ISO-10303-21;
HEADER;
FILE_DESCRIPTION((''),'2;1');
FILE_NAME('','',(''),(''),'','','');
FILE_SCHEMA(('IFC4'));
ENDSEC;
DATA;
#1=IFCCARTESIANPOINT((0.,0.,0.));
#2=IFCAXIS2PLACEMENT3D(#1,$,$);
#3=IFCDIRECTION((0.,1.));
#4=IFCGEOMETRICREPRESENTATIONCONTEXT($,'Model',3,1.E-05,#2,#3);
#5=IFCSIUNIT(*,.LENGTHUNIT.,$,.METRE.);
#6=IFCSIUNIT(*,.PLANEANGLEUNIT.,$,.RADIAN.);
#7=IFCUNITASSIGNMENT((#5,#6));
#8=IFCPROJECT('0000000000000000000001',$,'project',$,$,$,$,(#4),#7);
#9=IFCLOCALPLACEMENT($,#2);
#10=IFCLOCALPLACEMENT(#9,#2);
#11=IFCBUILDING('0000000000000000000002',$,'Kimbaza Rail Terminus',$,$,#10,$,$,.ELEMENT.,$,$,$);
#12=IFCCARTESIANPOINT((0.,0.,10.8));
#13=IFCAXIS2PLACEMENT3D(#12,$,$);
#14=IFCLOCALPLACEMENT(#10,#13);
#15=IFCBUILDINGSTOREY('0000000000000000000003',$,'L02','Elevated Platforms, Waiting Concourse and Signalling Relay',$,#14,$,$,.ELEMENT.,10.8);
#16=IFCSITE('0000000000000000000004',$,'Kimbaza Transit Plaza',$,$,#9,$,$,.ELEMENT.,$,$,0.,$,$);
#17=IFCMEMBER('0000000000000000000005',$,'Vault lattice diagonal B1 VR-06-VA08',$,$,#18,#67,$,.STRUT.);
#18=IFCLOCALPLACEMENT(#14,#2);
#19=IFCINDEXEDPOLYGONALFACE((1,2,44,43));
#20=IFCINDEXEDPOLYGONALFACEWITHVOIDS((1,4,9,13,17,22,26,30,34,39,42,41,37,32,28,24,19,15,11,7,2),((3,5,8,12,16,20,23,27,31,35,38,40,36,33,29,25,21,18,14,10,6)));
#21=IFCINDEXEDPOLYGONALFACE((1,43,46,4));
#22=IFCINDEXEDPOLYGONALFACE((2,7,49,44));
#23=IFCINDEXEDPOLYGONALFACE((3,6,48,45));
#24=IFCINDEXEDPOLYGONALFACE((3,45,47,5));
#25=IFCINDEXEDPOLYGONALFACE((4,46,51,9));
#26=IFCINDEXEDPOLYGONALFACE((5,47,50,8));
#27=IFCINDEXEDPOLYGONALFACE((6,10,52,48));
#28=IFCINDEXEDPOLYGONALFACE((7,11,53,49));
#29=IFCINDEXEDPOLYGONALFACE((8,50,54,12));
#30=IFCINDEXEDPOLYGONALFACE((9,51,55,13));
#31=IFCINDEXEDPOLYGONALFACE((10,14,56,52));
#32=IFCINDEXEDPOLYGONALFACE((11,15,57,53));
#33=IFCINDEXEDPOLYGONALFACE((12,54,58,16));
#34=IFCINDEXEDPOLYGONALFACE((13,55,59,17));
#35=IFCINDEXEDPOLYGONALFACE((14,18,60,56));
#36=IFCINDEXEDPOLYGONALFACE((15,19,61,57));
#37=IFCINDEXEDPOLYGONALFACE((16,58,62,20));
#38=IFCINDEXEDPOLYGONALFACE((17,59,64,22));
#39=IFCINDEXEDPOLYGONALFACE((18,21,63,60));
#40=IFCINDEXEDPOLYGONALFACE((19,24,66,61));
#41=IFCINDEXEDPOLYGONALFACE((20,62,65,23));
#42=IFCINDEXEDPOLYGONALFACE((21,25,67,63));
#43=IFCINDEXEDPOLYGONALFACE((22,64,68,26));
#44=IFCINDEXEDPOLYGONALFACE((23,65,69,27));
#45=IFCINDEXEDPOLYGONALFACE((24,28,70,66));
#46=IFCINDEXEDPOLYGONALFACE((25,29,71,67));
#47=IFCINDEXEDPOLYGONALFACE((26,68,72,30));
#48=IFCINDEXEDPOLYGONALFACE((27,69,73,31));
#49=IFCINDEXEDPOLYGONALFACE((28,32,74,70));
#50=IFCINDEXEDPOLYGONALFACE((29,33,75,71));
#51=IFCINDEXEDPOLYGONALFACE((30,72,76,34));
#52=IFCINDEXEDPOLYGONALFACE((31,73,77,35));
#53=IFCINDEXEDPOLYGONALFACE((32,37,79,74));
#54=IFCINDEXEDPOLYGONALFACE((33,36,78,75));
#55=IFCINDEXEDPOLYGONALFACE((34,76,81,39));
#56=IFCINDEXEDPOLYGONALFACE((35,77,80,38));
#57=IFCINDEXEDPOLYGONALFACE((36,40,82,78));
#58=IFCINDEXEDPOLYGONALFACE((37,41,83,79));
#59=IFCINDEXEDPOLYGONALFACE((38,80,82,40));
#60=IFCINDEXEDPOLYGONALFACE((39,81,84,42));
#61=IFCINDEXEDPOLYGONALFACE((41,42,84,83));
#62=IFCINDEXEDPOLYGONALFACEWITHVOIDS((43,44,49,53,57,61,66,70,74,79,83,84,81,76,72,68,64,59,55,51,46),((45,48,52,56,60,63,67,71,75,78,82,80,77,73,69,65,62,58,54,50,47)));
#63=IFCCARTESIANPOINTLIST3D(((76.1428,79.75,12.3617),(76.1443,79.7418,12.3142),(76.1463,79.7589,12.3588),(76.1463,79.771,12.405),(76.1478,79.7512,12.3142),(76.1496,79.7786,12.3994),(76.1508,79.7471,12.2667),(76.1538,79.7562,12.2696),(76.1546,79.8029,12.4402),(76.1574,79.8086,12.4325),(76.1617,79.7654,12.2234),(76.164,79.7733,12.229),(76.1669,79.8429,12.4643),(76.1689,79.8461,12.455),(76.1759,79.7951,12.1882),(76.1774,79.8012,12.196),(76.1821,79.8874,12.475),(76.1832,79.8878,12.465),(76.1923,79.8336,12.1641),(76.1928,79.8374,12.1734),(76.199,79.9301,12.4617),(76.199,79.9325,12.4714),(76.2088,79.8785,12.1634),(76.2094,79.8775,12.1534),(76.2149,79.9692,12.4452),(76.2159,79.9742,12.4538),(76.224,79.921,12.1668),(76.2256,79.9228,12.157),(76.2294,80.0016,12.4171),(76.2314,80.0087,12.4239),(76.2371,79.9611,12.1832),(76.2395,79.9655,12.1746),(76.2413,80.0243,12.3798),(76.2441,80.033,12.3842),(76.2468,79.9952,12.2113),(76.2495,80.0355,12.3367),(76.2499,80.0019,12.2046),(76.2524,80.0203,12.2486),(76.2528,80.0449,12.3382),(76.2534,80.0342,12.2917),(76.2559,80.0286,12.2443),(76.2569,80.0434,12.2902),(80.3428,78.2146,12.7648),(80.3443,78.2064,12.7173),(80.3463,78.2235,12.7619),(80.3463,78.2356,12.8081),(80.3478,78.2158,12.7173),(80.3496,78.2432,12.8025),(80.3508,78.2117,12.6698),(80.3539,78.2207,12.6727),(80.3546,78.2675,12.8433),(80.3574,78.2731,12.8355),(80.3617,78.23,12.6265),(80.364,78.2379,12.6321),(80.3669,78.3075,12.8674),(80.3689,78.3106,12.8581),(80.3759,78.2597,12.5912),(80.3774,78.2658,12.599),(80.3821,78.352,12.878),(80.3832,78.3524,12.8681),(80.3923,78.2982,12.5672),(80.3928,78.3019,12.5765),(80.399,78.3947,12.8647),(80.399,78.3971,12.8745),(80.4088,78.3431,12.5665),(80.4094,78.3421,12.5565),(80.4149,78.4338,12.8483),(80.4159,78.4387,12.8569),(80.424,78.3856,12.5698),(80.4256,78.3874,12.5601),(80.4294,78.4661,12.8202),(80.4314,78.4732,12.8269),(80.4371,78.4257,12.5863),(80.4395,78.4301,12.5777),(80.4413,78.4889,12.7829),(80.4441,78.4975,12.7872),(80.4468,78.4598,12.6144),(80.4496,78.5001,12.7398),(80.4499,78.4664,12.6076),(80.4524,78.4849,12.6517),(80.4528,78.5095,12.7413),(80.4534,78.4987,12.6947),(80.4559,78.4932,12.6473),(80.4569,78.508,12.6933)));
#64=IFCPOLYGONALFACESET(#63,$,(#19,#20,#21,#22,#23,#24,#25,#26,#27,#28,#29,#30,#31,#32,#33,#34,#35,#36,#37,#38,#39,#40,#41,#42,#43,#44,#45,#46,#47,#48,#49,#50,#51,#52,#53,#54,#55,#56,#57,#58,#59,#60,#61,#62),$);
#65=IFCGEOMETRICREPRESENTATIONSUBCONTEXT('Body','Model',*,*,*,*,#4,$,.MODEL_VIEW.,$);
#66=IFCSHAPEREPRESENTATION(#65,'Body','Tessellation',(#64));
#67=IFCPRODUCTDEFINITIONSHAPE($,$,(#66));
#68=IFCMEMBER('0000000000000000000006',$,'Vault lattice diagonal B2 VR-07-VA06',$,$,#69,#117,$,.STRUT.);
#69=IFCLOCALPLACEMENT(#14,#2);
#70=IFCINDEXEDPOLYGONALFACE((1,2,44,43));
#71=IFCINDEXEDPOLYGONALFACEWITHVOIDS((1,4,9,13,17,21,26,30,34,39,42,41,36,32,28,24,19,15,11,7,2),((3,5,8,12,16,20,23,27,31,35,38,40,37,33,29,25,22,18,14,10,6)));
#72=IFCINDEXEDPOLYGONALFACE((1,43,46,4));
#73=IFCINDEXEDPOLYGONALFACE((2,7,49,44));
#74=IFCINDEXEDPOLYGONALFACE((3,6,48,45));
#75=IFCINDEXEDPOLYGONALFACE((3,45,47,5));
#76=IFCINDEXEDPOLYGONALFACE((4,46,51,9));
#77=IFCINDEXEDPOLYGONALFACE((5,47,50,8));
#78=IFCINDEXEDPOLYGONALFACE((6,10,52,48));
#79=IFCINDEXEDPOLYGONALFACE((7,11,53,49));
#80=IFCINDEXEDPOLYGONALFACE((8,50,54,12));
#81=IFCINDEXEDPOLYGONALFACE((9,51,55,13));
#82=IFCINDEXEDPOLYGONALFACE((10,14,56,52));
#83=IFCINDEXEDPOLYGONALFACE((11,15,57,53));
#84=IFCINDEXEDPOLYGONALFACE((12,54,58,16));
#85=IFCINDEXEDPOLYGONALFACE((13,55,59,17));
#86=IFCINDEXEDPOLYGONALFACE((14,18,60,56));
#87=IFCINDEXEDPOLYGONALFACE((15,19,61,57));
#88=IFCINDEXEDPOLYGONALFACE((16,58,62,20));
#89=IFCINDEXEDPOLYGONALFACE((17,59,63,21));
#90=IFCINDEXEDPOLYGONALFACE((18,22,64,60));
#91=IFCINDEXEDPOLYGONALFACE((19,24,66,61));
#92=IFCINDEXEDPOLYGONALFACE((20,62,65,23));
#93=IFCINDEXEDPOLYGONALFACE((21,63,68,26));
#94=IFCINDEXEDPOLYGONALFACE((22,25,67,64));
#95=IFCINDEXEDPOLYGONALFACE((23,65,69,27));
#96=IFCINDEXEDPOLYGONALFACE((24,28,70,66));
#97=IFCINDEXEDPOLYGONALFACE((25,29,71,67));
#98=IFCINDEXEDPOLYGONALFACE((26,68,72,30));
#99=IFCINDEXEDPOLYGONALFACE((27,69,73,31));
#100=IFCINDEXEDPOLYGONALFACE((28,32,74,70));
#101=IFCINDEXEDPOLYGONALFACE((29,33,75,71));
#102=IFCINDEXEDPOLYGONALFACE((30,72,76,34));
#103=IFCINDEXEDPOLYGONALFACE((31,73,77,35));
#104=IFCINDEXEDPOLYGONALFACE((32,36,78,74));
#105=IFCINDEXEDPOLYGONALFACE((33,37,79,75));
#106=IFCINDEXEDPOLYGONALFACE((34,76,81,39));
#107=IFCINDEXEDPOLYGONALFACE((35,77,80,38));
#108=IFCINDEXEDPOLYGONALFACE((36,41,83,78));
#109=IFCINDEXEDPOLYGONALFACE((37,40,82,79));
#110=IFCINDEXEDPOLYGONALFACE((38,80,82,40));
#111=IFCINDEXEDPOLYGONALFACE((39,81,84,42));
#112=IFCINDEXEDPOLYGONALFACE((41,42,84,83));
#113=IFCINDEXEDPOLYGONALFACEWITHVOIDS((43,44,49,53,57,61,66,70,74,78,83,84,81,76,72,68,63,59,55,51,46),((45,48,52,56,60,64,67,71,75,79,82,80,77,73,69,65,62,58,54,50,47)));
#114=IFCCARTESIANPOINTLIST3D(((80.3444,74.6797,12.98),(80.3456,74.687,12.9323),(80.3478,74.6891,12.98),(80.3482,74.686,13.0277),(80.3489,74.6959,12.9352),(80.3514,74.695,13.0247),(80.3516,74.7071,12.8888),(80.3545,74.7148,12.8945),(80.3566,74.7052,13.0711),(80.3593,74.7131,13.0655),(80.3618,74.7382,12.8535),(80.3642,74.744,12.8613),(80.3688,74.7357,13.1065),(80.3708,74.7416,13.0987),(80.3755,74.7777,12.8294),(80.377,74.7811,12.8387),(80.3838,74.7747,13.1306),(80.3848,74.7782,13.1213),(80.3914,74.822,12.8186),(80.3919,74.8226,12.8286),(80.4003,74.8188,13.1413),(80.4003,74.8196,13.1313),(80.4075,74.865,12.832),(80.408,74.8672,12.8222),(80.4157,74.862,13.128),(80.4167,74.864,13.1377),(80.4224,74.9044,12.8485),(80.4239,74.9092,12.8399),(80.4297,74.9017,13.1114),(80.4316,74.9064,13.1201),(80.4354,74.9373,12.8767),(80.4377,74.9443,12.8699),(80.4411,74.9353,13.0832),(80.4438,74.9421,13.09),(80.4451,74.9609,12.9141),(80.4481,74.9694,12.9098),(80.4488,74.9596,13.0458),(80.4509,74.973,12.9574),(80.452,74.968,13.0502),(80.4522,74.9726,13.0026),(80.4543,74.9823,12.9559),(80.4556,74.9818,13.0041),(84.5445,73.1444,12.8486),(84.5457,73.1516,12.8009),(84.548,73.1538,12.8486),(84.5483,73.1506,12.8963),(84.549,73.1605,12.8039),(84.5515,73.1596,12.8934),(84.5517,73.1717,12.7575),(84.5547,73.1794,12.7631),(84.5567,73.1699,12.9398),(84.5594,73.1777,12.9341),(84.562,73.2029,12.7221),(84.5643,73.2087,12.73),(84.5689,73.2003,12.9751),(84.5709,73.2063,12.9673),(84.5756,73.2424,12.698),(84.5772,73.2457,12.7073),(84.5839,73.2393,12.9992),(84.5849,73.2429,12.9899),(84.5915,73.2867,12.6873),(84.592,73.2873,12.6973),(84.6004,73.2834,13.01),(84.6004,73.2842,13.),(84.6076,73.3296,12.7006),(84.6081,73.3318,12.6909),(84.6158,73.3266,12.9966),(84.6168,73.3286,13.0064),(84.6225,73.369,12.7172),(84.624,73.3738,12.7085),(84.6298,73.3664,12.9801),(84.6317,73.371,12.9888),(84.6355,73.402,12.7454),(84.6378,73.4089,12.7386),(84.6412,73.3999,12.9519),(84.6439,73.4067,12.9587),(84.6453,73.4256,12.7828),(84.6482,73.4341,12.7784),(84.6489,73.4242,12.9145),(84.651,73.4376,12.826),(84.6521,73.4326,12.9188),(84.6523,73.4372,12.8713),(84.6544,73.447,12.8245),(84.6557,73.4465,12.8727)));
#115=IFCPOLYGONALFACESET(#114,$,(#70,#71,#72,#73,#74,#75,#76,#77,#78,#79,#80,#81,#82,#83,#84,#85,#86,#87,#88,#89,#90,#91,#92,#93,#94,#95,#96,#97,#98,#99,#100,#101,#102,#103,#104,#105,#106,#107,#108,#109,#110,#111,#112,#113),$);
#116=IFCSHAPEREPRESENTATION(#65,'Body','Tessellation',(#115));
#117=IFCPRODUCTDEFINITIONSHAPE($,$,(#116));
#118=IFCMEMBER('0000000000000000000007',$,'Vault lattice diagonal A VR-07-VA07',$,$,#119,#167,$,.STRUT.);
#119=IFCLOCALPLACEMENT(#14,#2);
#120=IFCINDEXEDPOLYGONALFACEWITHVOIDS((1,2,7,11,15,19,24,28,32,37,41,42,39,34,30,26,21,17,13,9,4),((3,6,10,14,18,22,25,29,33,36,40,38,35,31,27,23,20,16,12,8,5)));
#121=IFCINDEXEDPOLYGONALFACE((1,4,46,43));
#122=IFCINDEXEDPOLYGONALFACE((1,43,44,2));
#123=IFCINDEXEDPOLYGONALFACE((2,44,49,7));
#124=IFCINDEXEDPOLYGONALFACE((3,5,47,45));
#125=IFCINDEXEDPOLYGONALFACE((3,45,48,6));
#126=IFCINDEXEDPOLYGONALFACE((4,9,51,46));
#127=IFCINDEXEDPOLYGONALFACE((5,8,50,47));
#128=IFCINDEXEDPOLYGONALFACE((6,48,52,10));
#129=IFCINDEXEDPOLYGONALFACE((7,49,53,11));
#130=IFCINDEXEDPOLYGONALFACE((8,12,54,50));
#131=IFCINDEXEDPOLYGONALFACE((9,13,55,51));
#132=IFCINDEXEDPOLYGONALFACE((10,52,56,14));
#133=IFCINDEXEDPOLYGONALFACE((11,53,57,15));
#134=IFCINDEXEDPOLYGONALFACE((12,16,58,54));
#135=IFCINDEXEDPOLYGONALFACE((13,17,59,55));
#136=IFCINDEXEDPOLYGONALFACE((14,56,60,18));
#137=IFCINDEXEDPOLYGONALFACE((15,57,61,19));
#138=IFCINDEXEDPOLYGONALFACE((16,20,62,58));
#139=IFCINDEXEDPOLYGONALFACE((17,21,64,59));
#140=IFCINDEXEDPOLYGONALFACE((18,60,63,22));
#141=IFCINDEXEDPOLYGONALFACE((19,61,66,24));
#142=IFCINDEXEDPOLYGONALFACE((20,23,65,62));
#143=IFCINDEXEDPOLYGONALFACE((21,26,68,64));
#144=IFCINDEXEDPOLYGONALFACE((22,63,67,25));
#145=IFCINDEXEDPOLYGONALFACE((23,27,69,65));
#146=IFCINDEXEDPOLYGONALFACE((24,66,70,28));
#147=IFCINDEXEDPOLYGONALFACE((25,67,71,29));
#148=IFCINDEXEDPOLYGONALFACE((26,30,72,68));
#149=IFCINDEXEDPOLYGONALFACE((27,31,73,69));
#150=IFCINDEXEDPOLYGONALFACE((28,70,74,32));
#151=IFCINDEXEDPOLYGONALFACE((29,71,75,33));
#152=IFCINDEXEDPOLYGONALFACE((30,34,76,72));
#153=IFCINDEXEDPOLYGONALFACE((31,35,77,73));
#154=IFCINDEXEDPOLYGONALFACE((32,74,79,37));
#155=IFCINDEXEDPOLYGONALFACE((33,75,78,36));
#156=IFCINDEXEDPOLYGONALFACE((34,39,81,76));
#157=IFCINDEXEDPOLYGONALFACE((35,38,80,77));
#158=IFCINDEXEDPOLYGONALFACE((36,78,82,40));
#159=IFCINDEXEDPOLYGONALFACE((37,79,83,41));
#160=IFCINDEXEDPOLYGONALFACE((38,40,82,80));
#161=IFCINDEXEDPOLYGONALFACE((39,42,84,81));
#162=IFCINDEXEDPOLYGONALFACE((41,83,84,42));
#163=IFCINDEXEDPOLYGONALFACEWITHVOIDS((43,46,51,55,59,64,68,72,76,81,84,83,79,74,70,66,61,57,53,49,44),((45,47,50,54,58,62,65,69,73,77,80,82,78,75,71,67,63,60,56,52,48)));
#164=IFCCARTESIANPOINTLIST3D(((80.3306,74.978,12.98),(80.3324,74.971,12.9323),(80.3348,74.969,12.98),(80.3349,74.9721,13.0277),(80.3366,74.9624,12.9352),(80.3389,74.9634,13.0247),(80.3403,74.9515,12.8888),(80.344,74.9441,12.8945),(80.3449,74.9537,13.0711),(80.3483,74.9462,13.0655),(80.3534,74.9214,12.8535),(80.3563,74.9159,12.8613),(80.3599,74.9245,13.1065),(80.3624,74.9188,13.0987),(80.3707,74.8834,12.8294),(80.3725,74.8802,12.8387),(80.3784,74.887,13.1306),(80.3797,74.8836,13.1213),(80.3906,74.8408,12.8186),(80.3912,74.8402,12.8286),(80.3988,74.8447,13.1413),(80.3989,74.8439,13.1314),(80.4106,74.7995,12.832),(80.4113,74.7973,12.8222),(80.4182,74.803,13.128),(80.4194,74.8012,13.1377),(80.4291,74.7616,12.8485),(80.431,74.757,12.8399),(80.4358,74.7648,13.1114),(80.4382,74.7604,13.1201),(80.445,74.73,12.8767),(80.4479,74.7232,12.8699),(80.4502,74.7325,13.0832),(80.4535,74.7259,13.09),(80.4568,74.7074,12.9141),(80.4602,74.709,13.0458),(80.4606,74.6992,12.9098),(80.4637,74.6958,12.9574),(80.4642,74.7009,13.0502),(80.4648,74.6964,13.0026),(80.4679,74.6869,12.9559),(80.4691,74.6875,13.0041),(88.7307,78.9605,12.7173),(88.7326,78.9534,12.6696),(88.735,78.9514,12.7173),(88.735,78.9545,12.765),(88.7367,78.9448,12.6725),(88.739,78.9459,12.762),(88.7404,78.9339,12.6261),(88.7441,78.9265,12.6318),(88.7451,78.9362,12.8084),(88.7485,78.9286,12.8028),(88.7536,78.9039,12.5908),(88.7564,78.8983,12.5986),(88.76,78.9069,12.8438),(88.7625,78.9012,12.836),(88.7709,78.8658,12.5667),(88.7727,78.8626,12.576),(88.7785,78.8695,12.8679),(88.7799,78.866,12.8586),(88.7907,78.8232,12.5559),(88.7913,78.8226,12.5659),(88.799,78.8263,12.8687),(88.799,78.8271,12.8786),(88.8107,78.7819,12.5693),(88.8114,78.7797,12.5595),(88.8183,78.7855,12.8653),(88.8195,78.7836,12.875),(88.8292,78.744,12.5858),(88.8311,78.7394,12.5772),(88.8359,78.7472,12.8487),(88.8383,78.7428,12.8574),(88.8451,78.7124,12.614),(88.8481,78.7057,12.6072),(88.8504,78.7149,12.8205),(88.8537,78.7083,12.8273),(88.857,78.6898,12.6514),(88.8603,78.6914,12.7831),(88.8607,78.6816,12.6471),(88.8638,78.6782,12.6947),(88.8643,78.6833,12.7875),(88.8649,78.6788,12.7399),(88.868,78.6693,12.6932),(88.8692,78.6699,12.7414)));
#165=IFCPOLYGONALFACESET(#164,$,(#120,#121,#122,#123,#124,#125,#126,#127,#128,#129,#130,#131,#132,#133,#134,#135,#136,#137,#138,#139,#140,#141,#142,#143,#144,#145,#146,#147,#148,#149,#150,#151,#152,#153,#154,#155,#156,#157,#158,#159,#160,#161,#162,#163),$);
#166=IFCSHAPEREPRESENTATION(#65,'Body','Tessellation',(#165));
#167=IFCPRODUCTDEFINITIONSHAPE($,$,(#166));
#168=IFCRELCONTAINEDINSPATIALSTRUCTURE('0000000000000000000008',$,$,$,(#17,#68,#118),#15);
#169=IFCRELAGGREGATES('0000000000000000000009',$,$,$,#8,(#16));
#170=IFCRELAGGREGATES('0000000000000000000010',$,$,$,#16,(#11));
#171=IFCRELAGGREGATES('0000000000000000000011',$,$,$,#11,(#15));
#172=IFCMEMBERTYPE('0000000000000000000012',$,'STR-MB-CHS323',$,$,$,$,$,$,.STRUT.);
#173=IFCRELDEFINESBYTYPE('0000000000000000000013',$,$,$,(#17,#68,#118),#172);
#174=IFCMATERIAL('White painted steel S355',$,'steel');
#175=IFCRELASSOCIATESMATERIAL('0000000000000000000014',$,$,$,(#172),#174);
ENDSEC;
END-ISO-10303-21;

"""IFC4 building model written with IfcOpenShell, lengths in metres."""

from ifc_helpers import new_model, si_unit, direction, frame, origin, origin_2d, place, context, subcontext, project, spatial, hollow_circle, extrude, material, material_profile, profile_set, type_object, element, save


model = new_model("IFC4")

# Units and contexts
model_context = context("Model", 3, precision=1e-05, world=origin(), true_north=direction((0.0, 1.0)))
body_context = subcontext(model_context, "Body", "Model", "MODEL_VIEW")
ifc_project = project(units=[si_unit("LENGTHUNIT", "METRE"), si_unit("PLANEANGLEUNIT", "RADIAN")], contexts=[model_context])

# Site, building, storey
site_placement = place(None, origin())
site = spatial("IfcSite", under=ifc_project, at=site_placement, Name="Kimbaza Transit Plaza", CompositionType="ELEMENT", RefElevation=0.0)
building_placement = place(site_placement, origin())
building = spatial("IfcBuilding", under=site, at=building_placement, Name="Kimbaza Rail Terminus", CompositionType="ELEMENT")
storey_placement = place(building_placement, frame((0.0, 0.0, 10.8)))
storey = spatial("IfcBuildingStorey", under=building, at=storey_placement, Name="L02", Description="Elevated Platforms, Waiting Concourse and Signalling Relay", CompositionType="ELEMENT", Elevation=10.8)

# Members
ifc_material_1 = material(Name="White painted steel S355", Category="steel")
ifc_material_profile_1 = material_profile(ifc_material_1, hollow_circle(Radius=0.1619, WallThickness=0.01, at=origin_2d()), Name="CHS 323.9x10")
ifc_profile_set_1 = profile_set([ifc_material_profile_1], Name="White painted steel S355")
member_type_1 = type_object("IfcMemberType", Name="STR-MB-CHS323", PredefinedType="STRUT", material=ifc_profile_set_1)
member_1_placement = place(storey_placement, frame((80.3999, 78.3584, 12.7173), z_axis=(-0.935415, 0.341965, -0.089773), x_axis=(-0.343351, -0.939207, 0.0)))
element("IfcMember", 1, at=member_1_placement, inside=storey, type_object=member_type_1, Name="Vault lattice diagonal B1 VR-06-VA08", PredefinedType="STRUT", context=body_context, shape_type="SweptSolid", body=[
    extrude(hollow_circle(Radius=0.1619, WallThickness=0.01, at=origin_2d()), origin(), (0.0, 0.0, 1.0), 4.49),
])
member_2_placement = place(storey_placement, frame((84.6001, 73.2964, 12.8486), z_axis=(-0.938809, 0.343186, 0.029358), x_axis=(-0.343334, -0.939213, 0.0)))
element("IfcMember", 2, at=member_2_placement, inside=storey, type_object=member_type_1, Name="Vault lattice diagonal B2 VR-07-VA06", PredefinedType="STRUT", context=body_context, shape_type="SweptSolid", body=[
    extrude(hollow_circle(Radius=0.1619, WallThickness=0.01, at=origin_2d()), origin(), (0.0, 0.0, 1.0), 4.4739),
])
member_3_placement = place(storey_placement, frame((80.3999, 74.8318, 12.98), z_axis=(0.903236, 0.428215, -0.028247), x_axis=(-0.428385, 0.903596, 0.0)))
element("IfcMember", 3, at=member_3_placement, inside=storey, type_object=member_type_1, Name="Vault lattice diagonal A VR-07-VA07", PredefinedType="STRUT", context=body_context, shape_type="SweptSolid", body=[
    extrude(hollow_circle(Radius=0.1619, WallThickness=0.01, at=origin_2d()), origin(), (0.0, 0.0, 1.0), 9.3),
])

save(model, "model.ifc")
